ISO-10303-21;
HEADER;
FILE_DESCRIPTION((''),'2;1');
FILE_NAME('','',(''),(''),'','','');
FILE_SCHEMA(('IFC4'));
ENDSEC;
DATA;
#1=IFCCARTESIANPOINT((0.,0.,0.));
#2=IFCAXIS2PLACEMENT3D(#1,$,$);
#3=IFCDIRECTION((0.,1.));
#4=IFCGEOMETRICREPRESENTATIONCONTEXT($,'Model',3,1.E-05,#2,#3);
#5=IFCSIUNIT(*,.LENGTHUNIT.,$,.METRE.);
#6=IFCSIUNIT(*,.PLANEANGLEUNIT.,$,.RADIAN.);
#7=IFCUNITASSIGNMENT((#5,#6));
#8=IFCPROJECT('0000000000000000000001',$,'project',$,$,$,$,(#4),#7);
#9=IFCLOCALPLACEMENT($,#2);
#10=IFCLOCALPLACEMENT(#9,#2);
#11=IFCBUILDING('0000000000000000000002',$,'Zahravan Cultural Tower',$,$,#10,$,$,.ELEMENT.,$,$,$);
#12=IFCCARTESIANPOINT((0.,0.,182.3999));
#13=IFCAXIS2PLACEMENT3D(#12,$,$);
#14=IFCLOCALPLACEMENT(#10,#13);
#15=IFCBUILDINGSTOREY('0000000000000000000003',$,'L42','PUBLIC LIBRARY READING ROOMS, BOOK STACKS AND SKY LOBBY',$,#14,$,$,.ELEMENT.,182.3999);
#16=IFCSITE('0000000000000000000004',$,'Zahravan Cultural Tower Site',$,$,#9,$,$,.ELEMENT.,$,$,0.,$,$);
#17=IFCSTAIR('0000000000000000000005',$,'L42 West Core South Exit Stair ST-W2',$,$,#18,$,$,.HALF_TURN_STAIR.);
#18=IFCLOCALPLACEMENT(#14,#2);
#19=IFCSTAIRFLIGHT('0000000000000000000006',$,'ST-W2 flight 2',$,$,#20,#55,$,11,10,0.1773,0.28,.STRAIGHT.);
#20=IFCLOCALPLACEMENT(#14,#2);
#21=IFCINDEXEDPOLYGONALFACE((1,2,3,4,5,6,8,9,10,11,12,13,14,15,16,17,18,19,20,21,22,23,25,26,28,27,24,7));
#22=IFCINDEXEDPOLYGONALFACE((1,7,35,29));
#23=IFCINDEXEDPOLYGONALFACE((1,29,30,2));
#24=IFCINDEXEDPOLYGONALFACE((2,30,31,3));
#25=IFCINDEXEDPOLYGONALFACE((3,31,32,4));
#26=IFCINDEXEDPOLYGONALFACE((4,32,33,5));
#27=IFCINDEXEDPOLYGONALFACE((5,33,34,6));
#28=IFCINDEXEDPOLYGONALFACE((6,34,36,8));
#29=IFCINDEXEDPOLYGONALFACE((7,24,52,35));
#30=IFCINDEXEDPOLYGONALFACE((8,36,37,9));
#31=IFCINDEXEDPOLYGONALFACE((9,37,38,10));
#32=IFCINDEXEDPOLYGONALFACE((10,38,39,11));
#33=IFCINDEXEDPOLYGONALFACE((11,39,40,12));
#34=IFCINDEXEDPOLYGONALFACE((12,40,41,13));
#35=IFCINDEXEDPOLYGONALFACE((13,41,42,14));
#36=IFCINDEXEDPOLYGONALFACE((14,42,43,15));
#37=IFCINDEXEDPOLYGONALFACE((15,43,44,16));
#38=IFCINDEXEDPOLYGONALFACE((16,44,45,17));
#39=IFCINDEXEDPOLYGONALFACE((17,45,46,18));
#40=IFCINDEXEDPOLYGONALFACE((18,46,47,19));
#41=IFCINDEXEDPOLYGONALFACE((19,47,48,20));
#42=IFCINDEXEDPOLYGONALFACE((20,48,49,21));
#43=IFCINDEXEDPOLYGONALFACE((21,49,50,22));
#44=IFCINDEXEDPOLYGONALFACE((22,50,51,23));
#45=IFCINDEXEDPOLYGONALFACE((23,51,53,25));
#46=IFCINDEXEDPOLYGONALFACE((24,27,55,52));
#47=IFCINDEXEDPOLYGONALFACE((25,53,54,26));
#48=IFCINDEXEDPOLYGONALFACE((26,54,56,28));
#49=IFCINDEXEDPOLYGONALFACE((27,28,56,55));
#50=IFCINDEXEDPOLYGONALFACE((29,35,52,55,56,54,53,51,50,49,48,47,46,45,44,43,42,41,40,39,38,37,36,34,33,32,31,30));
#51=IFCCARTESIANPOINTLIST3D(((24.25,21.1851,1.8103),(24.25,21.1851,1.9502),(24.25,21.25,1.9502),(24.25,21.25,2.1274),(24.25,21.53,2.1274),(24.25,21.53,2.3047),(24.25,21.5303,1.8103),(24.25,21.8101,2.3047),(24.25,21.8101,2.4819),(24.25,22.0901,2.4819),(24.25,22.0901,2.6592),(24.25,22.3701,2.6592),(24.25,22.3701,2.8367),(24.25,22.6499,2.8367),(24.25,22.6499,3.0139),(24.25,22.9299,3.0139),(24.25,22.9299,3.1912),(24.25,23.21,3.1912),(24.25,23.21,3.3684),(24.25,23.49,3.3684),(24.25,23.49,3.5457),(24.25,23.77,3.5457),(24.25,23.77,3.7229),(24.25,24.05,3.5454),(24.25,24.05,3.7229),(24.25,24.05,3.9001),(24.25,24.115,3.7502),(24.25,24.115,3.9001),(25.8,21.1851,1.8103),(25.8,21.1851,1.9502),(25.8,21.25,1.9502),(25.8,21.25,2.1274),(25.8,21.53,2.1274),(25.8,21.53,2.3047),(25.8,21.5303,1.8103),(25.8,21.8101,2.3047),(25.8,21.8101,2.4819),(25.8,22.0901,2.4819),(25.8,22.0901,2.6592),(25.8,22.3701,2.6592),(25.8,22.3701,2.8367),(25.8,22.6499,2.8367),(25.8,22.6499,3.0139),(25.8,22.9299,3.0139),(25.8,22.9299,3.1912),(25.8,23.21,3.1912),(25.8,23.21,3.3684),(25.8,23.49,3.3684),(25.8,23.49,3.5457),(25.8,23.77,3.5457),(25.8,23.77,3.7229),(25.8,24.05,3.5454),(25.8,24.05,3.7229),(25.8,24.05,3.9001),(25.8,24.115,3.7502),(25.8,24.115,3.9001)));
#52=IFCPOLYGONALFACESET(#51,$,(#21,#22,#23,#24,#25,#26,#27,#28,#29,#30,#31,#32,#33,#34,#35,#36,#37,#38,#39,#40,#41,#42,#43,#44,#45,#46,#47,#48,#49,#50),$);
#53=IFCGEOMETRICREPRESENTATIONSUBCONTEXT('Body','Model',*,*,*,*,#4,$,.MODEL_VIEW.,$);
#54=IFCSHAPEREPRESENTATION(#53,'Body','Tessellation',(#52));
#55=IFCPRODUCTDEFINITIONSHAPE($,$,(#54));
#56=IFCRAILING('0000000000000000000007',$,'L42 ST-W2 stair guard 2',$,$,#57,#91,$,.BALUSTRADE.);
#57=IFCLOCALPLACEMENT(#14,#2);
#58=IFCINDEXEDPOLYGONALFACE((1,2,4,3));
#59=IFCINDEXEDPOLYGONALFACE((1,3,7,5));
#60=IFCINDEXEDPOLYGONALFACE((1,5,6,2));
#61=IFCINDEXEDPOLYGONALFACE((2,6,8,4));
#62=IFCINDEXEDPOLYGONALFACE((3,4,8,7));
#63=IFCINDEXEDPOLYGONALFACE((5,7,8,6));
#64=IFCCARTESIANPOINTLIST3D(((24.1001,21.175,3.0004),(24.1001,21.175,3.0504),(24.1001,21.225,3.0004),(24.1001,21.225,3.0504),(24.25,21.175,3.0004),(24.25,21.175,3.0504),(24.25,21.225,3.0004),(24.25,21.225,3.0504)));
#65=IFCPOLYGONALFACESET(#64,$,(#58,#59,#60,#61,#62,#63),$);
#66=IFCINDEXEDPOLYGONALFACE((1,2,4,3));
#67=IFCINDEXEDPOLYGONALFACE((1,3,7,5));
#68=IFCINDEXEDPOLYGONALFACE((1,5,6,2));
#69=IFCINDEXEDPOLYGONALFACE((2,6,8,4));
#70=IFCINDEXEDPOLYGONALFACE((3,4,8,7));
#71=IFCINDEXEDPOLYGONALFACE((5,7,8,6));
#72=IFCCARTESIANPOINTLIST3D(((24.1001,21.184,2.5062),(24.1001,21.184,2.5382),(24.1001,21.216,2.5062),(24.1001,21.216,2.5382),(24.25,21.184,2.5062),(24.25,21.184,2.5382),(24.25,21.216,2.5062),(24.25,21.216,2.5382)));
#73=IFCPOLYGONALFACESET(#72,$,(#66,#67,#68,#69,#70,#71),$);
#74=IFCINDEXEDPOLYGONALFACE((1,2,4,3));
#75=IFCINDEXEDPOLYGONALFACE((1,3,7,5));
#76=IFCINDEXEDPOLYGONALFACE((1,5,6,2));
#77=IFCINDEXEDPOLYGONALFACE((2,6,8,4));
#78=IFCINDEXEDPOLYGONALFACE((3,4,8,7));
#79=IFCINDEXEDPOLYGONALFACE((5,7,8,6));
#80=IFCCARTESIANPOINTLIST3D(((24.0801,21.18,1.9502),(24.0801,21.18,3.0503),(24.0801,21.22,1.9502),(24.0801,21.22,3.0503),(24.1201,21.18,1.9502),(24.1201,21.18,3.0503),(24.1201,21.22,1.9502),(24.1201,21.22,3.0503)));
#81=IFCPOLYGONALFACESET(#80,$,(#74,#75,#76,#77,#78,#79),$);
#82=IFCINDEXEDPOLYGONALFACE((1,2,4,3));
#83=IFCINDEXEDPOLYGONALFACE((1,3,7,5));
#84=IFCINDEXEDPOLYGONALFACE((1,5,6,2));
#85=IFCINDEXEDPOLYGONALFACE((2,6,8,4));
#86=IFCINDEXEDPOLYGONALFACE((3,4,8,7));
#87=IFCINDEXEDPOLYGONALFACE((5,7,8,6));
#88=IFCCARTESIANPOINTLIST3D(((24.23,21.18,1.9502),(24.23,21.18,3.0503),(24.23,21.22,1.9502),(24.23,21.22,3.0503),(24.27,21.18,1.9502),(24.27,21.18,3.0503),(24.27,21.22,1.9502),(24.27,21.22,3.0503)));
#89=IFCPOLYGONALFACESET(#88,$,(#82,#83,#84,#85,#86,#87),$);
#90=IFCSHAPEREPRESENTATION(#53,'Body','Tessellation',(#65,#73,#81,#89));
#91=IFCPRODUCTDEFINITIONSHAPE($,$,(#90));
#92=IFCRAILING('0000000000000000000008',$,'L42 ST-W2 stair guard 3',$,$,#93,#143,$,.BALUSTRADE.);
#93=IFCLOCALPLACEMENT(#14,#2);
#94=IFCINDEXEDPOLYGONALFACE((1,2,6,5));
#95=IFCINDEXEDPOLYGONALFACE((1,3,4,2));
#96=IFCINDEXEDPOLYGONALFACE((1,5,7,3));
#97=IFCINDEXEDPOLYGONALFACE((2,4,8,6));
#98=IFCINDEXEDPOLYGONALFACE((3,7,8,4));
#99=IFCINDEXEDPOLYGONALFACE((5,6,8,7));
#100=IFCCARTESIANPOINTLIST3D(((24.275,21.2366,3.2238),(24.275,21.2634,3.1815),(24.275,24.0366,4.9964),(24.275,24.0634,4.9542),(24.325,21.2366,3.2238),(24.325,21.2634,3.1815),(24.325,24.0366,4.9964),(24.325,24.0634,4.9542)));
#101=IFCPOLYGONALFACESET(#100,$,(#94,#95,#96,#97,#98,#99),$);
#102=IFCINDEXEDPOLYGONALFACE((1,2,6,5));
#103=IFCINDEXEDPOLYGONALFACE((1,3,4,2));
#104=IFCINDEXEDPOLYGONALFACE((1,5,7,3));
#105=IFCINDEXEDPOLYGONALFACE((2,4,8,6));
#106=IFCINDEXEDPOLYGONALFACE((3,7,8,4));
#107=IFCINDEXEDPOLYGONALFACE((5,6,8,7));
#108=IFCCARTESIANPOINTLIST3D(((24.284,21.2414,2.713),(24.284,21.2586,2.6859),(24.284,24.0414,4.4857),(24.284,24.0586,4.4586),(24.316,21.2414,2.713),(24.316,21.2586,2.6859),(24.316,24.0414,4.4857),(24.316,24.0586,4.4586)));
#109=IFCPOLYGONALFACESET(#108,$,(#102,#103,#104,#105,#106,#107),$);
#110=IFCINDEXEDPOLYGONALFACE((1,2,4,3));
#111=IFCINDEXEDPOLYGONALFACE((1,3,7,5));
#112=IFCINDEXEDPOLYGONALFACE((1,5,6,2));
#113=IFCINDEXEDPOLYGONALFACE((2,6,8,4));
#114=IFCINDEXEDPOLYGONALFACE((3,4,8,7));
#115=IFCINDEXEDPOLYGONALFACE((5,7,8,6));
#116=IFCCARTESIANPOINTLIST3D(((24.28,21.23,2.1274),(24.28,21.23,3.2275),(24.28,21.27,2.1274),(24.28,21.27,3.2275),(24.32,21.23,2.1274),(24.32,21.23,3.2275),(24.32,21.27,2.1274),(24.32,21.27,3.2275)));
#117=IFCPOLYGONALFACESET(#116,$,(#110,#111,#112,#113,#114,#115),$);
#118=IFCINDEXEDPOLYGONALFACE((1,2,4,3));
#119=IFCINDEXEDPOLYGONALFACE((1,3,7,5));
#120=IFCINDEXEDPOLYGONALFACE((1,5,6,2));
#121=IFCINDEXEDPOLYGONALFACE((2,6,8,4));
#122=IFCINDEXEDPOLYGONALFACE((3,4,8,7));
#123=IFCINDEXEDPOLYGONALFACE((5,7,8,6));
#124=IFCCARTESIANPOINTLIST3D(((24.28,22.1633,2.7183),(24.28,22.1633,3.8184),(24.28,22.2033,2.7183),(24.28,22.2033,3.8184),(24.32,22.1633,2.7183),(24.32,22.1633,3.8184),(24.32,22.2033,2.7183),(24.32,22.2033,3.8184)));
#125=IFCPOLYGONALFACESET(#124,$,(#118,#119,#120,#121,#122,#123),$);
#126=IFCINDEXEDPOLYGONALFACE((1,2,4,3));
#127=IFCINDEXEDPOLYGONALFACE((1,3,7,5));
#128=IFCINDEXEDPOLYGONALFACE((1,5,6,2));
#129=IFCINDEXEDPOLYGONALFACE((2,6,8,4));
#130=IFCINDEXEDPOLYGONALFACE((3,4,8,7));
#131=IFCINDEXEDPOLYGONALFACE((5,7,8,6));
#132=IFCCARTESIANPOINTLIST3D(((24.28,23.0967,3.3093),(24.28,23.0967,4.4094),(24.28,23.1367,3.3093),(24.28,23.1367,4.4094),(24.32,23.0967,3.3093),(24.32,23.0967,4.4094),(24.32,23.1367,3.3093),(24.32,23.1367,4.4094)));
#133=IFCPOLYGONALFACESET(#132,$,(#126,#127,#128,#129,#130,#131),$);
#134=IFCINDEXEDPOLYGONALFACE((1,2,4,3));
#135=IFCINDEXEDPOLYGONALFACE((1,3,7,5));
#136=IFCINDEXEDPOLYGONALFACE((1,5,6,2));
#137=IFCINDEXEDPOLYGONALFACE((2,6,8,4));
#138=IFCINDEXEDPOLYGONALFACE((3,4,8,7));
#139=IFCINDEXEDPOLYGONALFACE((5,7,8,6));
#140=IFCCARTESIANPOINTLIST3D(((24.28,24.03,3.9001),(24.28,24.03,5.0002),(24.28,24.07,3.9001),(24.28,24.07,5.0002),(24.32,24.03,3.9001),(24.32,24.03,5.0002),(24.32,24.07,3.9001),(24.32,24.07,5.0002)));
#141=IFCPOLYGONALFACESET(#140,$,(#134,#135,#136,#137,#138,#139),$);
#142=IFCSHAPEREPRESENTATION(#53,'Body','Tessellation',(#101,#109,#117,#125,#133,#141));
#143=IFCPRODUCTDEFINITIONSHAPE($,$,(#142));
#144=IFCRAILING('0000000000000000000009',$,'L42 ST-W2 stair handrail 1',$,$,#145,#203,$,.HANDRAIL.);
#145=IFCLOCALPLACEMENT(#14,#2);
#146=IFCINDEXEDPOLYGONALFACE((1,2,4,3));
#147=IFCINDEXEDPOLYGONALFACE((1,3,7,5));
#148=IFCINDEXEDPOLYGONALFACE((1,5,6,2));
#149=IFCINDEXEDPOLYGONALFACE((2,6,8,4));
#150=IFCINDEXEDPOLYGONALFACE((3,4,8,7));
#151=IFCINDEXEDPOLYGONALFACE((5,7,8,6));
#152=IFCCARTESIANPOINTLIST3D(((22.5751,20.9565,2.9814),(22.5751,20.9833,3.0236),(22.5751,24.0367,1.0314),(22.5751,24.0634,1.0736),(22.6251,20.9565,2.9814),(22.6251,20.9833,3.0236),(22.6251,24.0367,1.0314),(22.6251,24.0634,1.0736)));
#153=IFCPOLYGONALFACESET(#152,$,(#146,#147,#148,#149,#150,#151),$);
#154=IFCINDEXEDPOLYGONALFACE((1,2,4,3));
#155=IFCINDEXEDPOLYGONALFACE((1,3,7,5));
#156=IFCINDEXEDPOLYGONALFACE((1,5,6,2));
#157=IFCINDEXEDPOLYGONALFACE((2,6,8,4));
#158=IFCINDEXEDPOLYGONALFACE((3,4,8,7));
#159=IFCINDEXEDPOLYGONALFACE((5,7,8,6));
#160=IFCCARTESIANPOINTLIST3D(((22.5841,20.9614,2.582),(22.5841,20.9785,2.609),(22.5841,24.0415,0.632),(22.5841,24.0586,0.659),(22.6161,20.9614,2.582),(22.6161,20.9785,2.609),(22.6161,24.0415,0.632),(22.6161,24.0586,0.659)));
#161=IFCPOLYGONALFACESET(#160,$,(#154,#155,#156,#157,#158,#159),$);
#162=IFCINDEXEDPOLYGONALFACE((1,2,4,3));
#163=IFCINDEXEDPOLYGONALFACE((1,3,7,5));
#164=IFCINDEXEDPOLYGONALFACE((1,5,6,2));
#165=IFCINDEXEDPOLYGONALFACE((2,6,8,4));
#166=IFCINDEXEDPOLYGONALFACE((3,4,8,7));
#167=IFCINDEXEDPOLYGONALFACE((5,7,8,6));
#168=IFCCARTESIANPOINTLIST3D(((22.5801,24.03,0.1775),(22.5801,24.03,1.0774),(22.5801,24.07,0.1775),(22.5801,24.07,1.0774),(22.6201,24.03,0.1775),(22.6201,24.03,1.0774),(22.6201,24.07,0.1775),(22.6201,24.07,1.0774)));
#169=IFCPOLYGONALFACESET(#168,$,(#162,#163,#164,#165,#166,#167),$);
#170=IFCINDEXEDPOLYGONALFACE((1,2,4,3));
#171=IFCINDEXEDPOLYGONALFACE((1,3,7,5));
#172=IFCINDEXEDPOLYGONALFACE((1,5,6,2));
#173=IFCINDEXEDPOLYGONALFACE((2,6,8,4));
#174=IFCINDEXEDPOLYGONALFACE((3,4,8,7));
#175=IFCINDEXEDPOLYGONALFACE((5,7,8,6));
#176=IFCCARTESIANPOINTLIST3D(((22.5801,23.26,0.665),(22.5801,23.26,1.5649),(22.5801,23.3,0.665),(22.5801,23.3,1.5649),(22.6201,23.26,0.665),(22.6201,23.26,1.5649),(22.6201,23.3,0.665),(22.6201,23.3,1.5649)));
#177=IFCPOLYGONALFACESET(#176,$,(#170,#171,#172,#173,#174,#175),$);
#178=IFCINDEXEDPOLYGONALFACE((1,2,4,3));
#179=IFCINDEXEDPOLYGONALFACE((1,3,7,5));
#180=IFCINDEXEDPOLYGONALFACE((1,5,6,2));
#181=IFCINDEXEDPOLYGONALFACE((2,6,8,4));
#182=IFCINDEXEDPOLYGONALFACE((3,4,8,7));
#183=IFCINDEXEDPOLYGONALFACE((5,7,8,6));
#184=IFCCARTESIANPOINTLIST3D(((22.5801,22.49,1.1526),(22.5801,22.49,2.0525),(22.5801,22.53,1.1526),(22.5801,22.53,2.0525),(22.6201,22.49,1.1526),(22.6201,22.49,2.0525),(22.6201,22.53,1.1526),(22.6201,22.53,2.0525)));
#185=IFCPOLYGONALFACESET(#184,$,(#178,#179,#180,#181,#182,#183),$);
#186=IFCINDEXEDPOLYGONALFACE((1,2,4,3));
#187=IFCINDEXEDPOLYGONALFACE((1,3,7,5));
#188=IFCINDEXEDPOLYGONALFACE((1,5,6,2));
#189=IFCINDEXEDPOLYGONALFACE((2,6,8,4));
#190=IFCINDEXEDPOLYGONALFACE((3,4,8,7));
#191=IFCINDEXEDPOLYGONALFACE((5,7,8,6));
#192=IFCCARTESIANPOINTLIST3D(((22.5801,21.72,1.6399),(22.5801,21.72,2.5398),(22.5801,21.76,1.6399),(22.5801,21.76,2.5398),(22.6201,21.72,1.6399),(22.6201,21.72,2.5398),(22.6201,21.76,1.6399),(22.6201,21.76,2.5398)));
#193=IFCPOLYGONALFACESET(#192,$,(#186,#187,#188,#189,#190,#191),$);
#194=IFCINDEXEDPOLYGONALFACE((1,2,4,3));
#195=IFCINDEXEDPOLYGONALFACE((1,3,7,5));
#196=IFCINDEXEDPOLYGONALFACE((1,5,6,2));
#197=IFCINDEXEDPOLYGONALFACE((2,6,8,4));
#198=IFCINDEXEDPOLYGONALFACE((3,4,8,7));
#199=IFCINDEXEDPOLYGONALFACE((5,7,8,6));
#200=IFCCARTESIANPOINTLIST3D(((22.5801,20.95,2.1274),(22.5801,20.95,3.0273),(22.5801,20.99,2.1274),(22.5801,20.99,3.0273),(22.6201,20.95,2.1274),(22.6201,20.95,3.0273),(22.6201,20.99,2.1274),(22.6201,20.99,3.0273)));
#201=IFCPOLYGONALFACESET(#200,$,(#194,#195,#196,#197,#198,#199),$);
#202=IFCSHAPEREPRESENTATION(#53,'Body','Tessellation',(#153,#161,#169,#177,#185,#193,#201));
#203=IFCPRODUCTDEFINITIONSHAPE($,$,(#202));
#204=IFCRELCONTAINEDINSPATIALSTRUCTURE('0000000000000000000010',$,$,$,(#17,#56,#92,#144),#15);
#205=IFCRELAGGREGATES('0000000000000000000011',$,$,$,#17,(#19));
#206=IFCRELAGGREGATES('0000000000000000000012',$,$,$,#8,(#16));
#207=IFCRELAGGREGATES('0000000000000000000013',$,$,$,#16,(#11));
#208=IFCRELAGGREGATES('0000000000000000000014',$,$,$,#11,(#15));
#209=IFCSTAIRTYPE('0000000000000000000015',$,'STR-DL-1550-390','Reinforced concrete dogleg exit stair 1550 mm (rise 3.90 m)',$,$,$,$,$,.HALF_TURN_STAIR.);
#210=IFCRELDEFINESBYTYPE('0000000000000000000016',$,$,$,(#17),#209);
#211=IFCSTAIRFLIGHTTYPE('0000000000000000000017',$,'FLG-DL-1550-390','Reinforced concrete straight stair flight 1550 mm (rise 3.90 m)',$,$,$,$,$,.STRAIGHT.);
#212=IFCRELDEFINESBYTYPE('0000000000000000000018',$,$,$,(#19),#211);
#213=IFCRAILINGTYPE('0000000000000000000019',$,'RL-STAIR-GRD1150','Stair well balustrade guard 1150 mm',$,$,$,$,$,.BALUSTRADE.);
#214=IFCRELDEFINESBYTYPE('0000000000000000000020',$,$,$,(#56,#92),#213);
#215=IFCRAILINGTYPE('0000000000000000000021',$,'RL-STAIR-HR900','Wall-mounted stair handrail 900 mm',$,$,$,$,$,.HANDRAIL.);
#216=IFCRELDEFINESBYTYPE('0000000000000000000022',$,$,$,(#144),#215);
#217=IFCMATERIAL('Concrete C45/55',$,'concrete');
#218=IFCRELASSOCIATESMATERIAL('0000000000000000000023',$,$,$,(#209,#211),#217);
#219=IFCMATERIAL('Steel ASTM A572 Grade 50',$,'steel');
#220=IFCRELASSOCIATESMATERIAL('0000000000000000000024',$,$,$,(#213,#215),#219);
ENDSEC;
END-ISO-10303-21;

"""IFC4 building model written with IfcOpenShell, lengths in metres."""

from ifc_helpers import new_model, si_unit, direction, frame, origin, origin_2d, place, context, subcontext, project, spatial, polyline, rectangle, outline, extrude, material, type_object, element, aggregate, save


model = new_model("IFC4")

# Units and contexts
model_context = context("Model", 3, precision=1e-05, world=origin(), true_north=direction((0.0, 1.0)))
body_context = subcontext(model_context, "Body", "Model", "MODEL_VIEW")
ifc_project = project(units=[si_unit("LENGTHUNIT", "METRE"), si_unit("PLANEANGLEUNIT", "RADIAN")], contexts=[model_context])

# Site, building, storey
site_placement = place(None, origin())
site = spatial("IfcSite", under=ifc_project, at=site_placement, Name="Zahravan Cultural Tower Site", CompositionType="ELEMENT", RefElevation=0.0)
building_placement = place(site_placement, origin())
building = spatial("IfcBuilding", under=site, at=building_placement, Name="Zahravan Cultural Tower", CompositionType="ELEMENT")
storey_placement = place(building_placement, frame((0.0, 0.0, 182.3999)))
storey = spatial("IfcBuildingStorey", under=building, at=storey_placement, Name="L42", Description="PUBLIC LIBRARY READING ROOMS, BOOK STACKS AND SKY LOBBY", CompositionType="ELEMENT", Elevation=182.3999)

# Shared definitions
ifc_material_1 = material(Name="Concrete C45/55", Category="concrete")
ifc_material_2 = material(Name="Steel ASTM A572 Grade 50", Category="steel")

# Stair, stair flight
stair_type = type_object("IfcStairType", Name="STR-DL-1550-390", Description="Reinforced concrete dogleg exit stair 1550 mm (rise 3.90 m)", PredefinedType="HALF_TURN_STAIR", material=ifc_material_1)
stair_placement = place(storey_placement, origin())
stair = element("IfcStair", 1, at=stair_placement, inside=storey, type_object=stair_type, Name="L42 West Core South Exit Stair ST-W2", PredefinedType="HALF_TURN_STAIR")
stair_flight_type = type_object("IfcStairFlightType", Name="FLG-DL-1550-390", Description="Reinforced concrete straight stair flight 1550 mm (rise 3.90 m)", PredefinedType="STRAIGHT", material=ifc_material_1)
stair_flight_1_placement = place(storey_placement, frame((25.0249, 21.25, 1.9502), z_axis=(0.0, 0.0, 1.0), x_axis=(0.0, 1.0, 0.0)))
stair_flight_1 = element("IfcStairFlight", 2, at=stair_flight_1_placement, type_object=stair_flight_type, Name="ST-W2 flight 2", NumberOfRisers=11, NumberOfTreads=10, PredefinedType="STRAIGHT", RiserHeight=0.1773, TreadLength=0.28, context=body_context, shape_type="SweptSolid", body=[
    extrude(outline(polyline([(-0.0649, -0.1399), (-0.0649, 0.0), (0.0, 0.0), (0.0, 0.1772), (0.28, 0.1772), (0.28, 0.3545), (0.5601, 0.3545), (0.5601, 0.5317), (0.8401, 0.5317), (0.8401, 0.709), (1.1201, 0.709), (1.1201, 0.8865), (1.3999, 0.8865), (1.3999, 1.0637), (1.6799, 1.0637), (1.6799, 1.241), (1.96, 1.241), (1.96, 1.4182), (2.24, 1.4182), (2.24, 1.5955), (2.52, 1.5955), (2.52, 1.7727), (2.8, 1.7727), (2.8, 1.95), (2.865, 1.95), (2.865, 1.8), (2.8, 1.5952), (0.2803, -0.1399), (-0.0649, -0.1399)])), frame((0.0, 0.7749, 0.0), z_axis=(0.0, -1.0, 0.0), x_axis=(1.0, 0.0, 0.0)), (0.0, 0.0, 1.0), 1.55),
])
aggregate(stair, [stair_flight_1])

# Railings
railing_type_1 = type_object("IfcRailingType", Name="RL-STAIR-GRD1150", Description="Stair well balustrade guard 1150 mm", PredefinedType="BALUSTRADE", material=ifc_material_2)
railing_1_placement = place(storey_placement, frame((24.1001, 21.2, 1.9502)))
element("IfcRailing", 3, at=railing_1_placement, inside=storey, type_object=railing_type_1, Name="L42 ST-W2 stair guard 2", PredefinedType="BALUSTRADE", context=body_context, shape_type="SweptSolid", body=[
    extrude(rectangle(XDim=0.05, YDim=0.05, at=origin_2d()), frame((0.0, 0.0, 1.0752), z_axis=(1.0, 0.0, 0.0), x_axis=(0.0, 1.0, 0.0)), (0.0, 0.0, 1.0), 0.1499),
    extrude(rectangle(XDim=0.032, YDim=0.032, at=origin_2d()), frame((0.0, 0.0, 0.572), z_axis=(1.0, 0.0, 0.0), x_axis=(0.0, 1.0, 0.0)), (0.0, 0.0, 1.0), 0.1499),
    extrude(rectangle(XDim=0.04, YDim=0.04, at=origin_2d()), origin(), (0.0, 0.0, 1.0), 1.1001),
    extrude(rectangle(XDim=0.04, YDim=0.04, at=origin_2d()), frame((0.1499, 0.0, 0.0)), (0.0, 0.0, 1.0), 1.1001),
])
railing_2_placement = place(storey_placement, frame((24.3, 21.25, 2.1274)))
element("IfcRailing", 4, at=railing_2_placement, inside=storey, type_object=railing_type_1, Name="L42 ST-W2 stair guard 3", PredefinedType="BALUSTRADE", context=body_context, shape_type="SweptSolid", body=[
    extrude(rectangle(XDim=0.05, YDim=0.05, at=origin_2d()), frame((0.0, 0.0, 1.0752), z_axis=(0.0, 0.844909, 0.53491), x_axis=(-1.0, 0.0, 0.0)), (0.0, 0.0, 1.0), 3.314),
    extrude(rectangle(XDim=0.032, YDim=0.032, at=origin_2d()), frame((0.0, 0.0, 0.572), z_axis=(0.0, 0.844909, 0.53491), x_axis=(-1.0, 0.0, 0.0)), (0.0, 0.0, 1.0), 3.314),
    extrude(rectangle(XDim=0.04, YDim=0.04, at=origin_2d()), origin(), (0.0, 0.0, 1.0), 1.1001),
    extrude(rectangle(XDim=0.04, YDim=0.04, at=origin_2d()), frame((0.0, 0.9333, 0.5908)), (0.0, 0.0, 1.0), 1.1001),
    extrude(rectangle(XDim=0.04, YDim=0.04, at=origin_2d()), frame((0.0, 1.8667, 1.1819)), (0.0, 0.0, 1.0), 1.1001),
    extrude(rectangle(XDim=0.04, YDim=0.04, at=origin_2d()), frame((0.0, 2.8, 1.7727)), (0.0, 0.0, 1.0), 1.1001),
])
railing_type_2 = type_object("IfcRailingType", Name="RL-STAIR-HR900", Description="Wall-mounted stair handrail 900 mm", PredefinedType="HANDRAIL", material=ifc_material_2)
railing_3_placement = place(storey_placement, frame((22.6001, 24.05, 0.1775)))
element("IfcRailing", 5, at=railing_3_placement, inside=storey, type_object=railing_type_2, Name="L42 ST-W2 stair handrail 1", PredefinedType="HANDRAIL", context=body_context, shape_type="SweptSolid", body=[
    extrude(rectangle(XDim=0.05, YDim=0.05, at=origin_2d()), frame((0.0, 0.0, 0.875), z_axis=(0.0, -0.844914, 0.534902), x_axis=(1.0, 0.0, 0.0)), (0.0, 0.0, 1.0), 3.6455),
    extrude(rectangle(XDim=0.032, YDim=0.032, at=origin_2d()), frame((0.0, 0.0, 0.468), z_axis=(0.0, -0.844914, 0.534902), x_axis=(1.0, 0.0, 0.0)), (0.0, 0.0, 1.0), 3.6455),
    extrude(rectangle(XDim=0.04, YDim=0.04, at=origin_2d()), origin(), (0.0, 0.0, 1.0), 0.8999),
    extrude(rectangle(XDim=0.04, YDim=0.04, at=origin_2d()), frame((0.0, -0.77, 0.4875)), (0.0, 0.0, 1.0), 0.8999),
    extrude(rectangle(XDim=0.04, YDim=0.04, at=origin_2d()), frame((0.0, -1.54, 0.9751)), (0.0, 0.0, 1.0), 0.8999),
    extrude(rectangle(XDim=0.04, YDim=0.04, at=origin_2d()), frame((0.0, -2.3101, 1.4624)), (0.0, 0.0, 1.0), 0.8999),
    extrude(rectangle(XDim=0.04, YDim=0.04, at=origin_2d()), frame((0.0, -3.0801, 1.95)), (0.0, 0.0, 1.0), 0.8999),
])

save(model, "model.ifc")
